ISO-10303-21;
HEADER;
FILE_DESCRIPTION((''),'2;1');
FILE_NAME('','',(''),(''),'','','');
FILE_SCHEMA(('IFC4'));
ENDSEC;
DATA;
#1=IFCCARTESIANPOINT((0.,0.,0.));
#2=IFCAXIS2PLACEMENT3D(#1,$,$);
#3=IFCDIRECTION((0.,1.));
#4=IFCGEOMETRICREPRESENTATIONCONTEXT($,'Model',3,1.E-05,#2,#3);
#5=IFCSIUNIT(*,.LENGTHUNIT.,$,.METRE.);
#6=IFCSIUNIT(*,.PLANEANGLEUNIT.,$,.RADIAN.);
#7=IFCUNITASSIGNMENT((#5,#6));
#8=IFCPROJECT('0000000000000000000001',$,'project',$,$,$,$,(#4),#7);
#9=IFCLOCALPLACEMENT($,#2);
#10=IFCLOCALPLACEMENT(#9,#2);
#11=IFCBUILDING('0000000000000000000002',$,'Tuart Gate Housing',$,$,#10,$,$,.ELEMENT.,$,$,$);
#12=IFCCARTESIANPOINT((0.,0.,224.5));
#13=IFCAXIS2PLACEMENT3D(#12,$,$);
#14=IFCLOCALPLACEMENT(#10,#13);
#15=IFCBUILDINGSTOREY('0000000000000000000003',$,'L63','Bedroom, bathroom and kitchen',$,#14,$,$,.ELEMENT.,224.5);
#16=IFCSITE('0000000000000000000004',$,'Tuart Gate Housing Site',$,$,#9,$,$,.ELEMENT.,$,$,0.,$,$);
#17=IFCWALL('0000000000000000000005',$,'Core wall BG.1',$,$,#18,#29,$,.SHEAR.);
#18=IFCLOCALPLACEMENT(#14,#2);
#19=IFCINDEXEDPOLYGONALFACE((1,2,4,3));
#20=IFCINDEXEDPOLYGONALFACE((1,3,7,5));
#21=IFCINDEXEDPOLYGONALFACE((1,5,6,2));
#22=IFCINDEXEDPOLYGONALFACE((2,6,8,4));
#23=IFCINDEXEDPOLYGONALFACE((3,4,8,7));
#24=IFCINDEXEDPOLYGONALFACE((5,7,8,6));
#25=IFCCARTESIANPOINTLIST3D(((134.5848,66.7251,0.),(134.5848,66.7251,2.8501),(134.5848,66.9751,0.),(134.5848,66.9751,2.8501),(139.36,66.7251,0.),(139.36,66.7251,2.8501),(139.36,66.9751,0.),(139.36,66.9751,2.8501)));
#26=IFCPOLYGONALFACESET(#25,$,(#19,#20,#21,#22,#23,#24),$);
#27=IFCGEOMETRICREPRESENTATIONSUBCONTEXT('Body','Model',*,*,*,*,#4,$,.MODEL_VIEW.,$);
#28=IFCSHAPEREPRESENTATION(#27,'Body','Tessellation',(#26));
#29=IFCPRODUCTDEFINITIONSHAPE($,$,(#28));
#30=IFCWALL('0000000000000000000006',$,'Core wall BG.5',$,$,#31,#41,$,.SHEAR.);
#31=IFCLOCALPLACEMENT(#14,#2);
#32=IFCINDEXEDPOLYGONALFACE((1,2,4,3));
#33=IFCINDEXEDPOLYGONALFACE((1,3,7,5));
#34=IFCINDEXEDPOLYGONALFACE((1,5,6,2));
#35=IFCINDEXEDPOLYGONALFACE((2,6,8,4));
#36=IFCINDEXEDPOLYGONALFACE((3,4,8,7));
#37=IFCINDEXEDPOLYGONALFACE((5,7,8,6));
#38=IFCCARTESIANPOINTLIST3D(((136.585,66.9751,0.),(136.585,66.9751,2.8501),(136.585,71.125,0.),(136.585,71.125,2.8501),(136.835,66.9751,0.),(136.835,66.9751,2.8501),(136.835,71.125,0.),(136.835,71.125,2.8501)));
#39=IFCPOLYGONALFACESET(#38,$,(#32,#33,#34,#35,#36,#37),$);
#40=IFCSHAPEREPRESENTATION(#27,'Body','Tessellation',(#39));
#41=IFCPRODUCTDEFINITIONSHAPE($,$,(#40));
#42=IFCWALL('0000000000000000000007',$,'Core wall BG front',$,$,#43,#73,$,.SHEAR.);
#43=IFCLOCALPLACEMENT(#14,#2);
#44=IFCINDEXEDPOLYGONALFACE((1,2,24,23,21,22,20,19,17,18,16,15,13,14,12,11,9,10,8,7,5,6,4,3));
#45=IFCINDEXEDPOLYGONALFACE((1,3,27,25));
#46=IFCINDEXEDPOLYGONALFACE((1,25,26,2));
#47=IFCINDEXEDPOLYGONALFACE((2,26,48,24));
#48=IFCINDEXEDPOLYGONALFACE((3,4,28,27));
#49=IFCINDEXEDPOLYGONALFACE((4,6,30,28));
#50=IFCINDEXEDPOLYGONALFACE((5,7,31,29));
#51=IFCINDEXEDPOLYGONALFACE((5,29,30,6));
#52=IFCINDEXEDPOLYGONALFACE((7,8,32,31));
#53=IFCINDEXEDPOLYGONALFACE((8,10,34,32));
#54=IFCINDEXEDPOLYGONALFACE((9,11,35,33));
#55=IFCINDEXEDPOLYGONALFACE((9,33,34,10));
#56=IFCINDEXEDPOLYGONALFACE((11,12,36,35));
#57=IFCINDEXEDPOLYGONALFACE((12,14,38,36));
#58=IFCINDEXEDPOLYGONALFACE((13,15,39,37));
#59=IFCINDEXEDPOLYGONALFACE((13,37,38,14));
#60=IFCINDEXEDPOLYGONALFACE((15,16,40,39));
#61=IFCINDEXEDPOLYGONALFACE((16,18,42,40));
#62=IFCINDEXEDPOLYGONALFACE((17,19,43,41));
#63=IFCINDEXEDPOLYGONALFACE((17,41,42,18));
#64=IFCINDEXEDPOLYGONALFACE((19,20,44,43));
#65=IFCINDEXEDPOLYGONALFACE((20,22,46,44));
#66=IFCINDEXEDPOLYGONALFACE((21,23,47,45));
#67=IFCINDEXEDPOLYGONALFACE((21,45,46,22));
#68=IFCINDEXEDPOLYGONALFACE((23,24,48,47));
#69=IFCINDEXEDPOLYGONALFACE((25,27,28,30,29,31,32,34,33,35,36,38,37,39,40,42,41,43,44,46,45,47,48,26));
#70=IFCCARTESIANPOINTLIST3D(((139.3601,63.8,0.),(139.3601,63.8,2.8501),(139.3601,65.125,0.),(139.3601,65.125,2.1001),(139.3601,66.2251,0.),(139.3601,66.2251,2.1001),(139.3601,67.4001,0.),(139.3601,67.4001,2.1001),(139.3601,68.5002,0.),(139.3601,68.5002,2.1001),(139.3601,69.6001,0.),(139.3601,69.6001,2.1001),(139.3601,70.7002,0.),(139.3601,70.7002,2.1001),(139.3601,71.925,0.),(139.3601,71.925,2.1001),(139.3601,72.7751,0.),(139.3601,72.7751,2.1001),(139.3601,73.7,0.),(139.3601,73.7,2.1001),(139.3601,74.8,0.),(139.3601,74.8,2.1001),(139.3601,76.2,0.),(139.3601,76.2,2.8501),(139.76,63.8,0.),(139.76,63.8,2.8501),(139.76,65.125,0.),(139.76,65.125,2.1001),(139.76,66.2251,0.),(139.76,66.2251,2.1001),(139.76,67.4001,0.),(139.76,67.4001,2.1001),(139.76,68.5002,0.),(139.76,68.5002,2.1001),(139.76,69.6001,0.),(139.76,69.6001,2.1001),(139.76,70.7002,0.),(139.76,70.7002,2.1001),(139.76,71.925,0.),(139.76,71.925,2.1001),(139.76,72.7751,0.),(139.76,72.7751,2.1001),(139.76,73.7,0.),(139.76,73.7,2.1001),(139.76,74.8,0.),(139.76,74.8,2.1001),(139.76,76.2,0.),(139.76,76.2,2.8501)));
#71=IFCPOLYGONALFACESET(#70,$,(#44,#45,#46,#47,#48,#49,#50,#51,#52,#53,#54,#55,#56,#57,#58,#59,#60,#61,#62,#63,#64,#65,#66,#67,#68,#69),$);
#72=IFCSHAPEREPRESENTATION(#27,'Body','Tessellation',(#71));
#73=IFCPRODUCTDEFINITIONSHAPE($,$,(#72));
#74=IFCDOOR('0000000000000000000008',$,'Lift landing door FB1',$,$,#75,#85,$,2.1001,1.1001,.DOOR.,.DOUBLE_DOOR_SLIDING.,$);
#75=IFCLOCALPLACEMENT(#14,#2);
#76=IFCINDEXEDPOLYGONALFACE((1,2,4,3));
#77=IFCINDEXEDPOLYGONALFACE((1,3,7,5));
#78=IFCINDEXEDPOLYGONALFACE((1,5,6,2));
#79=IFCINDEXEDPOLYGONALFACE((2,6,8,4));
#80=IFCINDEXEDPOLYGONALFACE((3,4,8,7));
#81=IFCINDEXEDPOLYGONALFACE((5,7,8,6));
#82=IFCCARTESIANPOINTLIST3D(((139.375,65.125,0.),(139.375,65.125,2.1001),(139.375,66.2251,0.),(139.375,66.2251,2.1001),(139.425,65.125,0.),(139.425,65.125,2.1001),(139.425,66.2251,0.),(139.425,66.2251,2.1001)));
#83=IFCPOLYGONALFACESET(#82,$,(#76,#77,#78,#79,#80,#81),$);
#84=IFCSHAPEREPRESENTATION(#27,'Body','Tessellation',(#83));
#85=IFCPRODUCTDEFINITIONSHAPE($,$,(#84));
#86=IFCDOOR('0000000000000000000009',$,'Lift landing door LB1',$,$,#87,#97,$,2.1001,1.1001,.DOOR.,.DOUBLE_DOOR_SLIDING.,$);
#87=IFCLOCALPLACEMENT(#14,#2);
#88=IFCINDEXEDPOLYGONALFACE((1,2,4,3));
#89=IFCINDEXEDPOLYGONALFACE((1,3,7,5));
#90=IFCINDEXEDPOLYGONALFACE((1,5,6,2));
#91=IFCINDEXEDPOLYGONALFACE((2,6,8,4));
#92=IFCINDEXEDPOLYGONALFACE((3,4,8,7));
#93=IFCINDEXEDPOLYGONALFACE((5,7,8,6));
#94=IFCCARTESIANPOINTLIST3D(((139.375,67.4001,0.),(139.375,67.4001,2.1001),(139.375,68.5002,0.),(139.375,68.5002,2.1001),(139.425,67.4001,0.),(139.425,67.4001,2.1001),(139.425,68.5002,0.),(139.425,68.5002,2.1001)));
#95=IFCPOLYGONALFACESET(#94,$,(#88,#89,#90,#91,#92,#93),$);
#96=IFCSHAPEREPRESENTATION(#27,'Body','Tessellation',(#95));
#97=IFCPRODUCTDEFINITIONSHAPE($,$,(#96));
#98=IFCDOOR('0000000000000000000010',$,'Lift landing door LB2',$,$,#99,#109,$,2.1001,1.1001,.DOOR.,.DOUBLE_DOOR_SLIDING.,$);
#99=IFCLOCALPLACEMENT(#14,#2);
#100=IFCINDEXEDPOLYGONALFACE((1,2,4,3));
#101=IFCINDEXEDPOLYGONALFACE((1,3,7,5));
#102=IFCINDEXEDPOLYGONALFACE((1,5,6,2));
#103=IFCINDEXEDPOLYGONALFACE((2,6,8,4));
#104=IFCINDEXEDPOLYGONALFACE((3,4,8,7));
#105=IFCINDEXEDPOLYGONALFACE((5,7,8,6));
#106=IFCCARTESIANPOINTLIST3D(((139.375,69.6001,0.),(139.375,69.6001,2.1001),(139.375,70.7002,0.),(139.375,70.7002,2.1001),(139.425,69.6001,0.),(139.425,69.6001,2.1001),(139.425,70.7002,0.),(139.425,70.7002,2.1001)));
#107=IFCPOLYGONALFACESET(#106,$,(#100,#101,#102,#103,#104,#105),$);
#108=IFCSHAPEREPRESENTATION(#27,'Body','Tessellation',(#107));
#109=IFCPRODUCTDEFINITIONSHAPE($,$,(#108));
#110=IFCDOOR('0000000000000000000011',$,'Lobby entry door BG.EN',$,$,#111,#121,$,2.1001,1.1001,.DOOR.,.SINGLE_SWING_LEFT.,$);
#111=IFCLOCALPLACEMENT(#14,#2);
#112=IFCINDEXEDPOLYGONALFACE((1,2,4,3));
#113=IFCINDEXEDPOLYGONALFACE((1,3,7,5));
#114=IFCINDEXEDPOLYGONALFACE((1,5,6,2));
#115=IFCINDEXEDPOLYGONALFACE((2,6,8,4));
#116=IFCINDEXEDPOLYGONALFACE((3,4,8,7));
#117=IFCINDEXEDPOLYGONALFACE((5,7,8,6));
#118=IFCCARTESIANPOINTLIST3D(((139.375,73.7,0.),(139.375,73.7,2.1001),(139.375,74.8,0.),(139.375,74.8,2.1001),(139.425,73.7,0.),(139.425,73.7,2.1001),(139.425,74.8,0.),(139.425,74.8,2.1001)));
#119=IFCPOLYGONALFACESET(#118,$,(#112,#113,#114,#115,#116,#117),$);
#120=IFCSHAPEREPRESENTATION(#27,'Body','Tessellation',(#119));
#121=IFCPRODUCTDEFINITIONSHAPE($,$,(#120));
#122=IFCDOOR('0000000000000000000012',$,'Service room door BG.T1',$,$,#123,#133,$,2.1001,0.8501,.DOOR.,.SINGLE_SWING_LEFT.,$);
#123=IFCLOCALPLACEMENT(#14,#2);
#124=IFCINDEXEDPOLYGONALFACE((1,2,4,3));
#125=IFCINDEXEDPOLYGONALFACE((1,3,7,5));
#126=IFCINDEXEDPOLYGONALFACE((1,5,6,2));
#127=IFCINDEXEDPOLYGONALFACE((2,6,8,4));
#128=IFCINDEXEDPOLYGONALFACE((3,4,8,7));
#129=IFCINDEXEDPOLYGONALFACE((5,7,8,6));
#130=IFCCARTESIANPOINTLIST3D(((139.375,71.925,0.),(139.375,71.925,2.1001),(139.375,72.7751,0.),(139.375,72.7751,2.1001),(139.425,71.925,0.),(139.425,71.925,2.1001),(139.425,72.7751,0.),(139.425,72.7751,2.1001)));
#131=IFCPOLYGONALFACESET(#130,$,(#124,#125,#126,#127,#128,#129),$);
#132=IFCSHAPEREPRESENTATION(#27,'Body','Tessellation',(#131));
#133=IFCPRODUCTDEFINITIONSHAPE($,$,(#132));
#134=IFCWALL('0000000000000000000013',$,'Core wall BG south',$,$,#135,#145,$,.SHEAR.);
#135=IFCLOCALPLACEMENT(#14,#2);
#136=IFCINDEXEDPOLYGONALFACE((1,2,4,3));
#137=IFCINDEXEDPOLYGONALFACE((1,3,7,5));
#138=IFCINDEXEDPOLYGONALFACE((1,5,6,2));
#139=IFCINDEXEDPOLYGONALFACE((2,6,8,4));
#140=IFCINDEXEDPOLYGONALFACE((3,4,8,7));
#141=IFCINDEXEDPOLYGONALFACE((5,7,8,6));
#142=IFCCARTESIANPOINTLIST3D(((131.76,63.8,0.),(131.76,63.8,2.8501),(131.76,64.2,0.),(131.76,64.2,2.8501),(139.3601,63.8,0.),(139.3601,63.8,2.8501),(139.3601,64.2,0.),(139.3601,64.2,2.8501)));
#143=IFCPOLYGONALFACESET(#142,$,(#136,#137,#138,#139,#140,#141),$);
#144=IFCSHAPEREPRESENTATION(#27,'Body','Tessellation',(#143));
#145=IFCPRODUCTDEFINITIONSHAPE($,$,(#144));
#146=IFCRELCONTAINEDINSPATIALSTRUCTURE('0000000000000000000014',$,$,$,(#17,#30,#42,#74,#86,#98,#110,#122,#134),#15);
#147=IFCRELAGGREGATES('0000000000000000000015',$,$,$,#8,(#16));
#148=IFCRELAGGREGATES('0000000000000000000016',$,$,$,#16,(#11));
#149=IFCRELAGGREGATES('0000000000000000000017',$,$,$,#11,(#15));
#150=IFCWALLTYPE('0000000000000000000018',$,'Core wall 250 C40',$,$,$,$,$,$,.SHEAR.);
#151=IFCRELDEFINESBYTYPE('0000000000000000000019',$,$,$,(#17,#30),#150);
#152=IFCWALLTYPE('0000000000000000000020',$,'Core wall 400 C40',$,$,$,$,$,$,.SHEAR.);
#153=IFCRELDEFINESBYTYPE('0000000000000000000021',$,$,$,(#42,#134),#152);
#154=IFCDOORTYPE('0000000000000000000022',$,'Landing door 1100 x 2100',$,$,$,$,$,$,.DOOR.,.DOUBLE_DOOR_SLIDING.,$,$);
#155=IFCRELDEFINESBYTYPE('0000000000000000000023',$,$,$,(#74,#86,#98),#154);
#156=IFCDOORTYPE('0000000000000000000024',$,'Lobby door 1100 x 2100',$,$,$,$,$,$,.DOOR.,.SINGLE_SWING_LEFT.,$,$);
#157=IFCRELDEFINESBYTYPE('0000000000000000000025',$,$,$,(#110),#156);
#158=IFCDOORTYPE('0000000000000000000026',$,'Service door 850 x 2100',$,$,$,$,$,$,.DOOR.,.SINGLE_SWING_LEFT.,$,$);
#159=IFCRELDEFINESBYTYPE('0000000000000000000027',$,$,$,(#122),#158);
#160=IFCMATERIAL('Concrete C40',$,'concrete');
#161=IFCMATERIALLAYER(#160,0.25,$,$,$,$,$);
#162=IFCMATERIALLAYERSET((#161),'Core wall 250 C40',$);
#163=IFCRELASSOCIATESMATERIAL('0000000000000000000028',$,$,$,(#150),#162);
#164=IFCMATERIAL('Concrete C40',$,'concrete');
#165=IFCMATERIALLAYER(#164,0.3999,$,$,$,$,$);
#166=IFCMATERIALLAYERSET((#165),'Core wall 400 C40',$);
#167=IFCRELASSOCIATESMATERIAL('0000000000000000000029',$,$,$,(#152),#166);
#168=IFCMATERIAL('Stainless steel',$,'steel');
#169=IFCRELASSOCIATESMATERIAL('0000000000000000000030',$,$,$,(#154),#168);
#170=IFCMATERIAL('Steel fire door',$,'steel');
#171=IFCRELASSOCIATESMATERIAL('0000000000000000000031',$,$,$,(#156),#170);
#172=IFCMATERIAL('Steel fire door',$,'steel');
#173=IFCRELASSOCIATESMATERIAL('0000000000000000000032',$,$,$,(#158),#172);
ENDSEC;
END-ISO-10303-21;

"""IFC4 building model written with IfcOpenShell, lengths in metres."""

from ifc_helpers import new_model, si_unit, direction, frame, frame_2d, origin, place, context, subcontext, project, spatial, rectangle, extrude, material, layer, layer_set, type_object, element, fill, save


model = new_model("IFC4")

# Units and contexts
model_context = context("Model", 3, precision=1e-05, world=origin(), true_north=direction((0.0, 1.0)))
body_context = subcontext(model_context, "Body", "Model", "MODEL_VIEW")
ifc_project = project(units=[si_unit("LENGTHUNIT", "METRE"), si_unit("PLANEANGLEUNIT", "RADIAN")], contexts=[model_context])

# Site, building, storey
site_placement = place(None, origin())
site = spatial("IfcSite", under=ifc_project, at=site_placement, Name="Tuart Gate Housing Site", CompositionType="ELEMENT", RefElevation=0.0)
building_placement = place(site_placement, origin())
building = spatial("IfcBuilding", under=site, at=building_placement, Name="Tuart Gate Housing", CompositionType="ELEMENT")
storey_placement = place(building_placement, frame((0.0, 0.0, 224.5)))
storey = spatial("IfcBuildingStorey", under=building, at=storey_placement, Name="L63", Description="Bedroom, bathroom and kitchen", CompositionType="ELEMENT", Elevation=224.5)

# Walls
ifc_material_1 = material(Name="Concrete C40", Category="concrete")
ifc_layer_1 = layer(ifc_material_1, 0.25)
ifc_layer_set_1 = layer_set([ifc_layer_1], Name="Core wall 250 C40")
wall_type_1 = type_object("IfcWallType", Name="Core wall 250 C40", PredefinedType="SHEAR", material=ifc_layer_set_1)
wall_1_placement = place(storey_placement, frame((139.3601, 66.8501, 0.0), z_axis=(0.0, 0.0, 1.0), x_axis=(-1.0, 0.0, 0.0)))
element("IfcWall", 1, at=wall_1_placement, inside=storey, type_object=wall_type_1, Name="Core wall BG.1", PredefinedType="SHEAR", context=body_context, shape_type="SweptSolid", body=[
    extrude(rectangle(XDim=4.7751, YDim=0.25, at=frame_2d((2.3877, 0.0))), origin(), (0.0, 0.0, 1.0), 2.8501),
])
wall_2_placement = place(storey_placement, frame((136.71, 66.9751, 0.0), z_axis=(0.0, 0.0, 1.0), x_axis=(0.0, 1.0, 0.0)))
element("IfcWall", 2, at=wall_2_placement, inside=storey, type_object=wall_type_1, Name="Core wall BG.5", PredefinedType="SHEAR", context=body_context, shape_type="SweptSolid", body=[
    extrude(rectangle(XDim=4.1499, YDim=0.25, at=frame_2d((2.075, 0.0))), origin(), (0.0, 0.0, 1.0), 2.8501),
])

# Wall, openings, doors
ifc_material_2 = material(Name="Concrete C40", Category="concrete")
ifc_layer_2 = layer(ifc_material_2, 0.3999)
ifc_layer_set_2 = layer_set([ifc_layer_2], Name="Core wall 400 C40")
wall_type_2 = type_object("IfcWallType", Name="Core wall 400 C40", PredefinedType="SHEAR", material=ifc_layer_set_2)
wall_3_placement = place(storey_placement, frame((139.5601, 63.8, 0.0), z_axis=(0.0, 0.0, 1.0), x_axis=(0.0, 1.0, 0.0)))
wall_3 = element("IfcWall", 3, at=wall_3_placement, inside=storey, type_object=wall_type_2, Name="Core wall BG front", PredefinedType="SHEAR", context=body_context, shape_type="SweptSolid", body=[
    extrude(rectangle(XDim=12.3999, YDim=0.3999, at=frame_2d((6.2, 0.0))), origin(), (0.0, 0.0, 1.0), 2.8501),
])
opening_1_placement = place(wall_3_placement, frame((1.325, 0.0, 0.0)))
opening_1 = element("IfcOpeningElement", 4, at=opening_1_placement, cuts=wall_3, PredefinedType="OPENING", context=body_context, shape_type="SweptSolid", body=[
    extrude(rectangle(XDim=1.1001, YDim=2.1001, at=frame_2d((0.55, 1.05))), frame((0.0, 0.21, 0.0), z_axis=(0.0, -1.0, 0.0), x_axis=(1.0, 0.0, 0.0)), (0.0, 0.0, 1.0), 0.4199),
])
opening_2_placement = place(wall_3_placement, frame((3.6001, 0.0, 0.0)))
opening_2 = element("IfcOpeningElement", 5, at=opening_2_placement, cuts=wall_3, PredefinedType="OPENING", context=body_context, shape_type="SweptSolid", body=[
    extrude(rectangle(XDim=1.1001, YDim=2.1001, at=frame_2d((0.55, 1.05))), frame((0.0, 0.21, 0.0), z_axis=(0.0, -1.0, 0.0), x_axis=(1.0, 0.0, 0.0)), (0.0, 0.0, 1.0), 0.4199),
])
opening_3_placement = place(wall_3_placement, frame((5.8, 0.0, 0.0)))
opening_3 = element("IfcOpeningElement", 6, at=opening_3_placement, cuts=wall_3, PredefinedType="OPENING", context=body_context, shape_type="SweptSolid", body=[
    extrude(rectangle(XDim=1.1001, YDim=2.1001, at=frame_2d((0.55, 1.05))), frame((0.0, 0.21, 0.0), z_axis=(0.0, -1.0, 0.0), x_axis=(1.0, 0.0, 0.0)), (0.0, 0.0, 1.0), 0.4199),
])
opening_4_placement = place(wall_3_placement, frame((9.8999, 0.0, 0.0)))
opening_4 = element("IfcOpeningElement", 7, at=opening_4_placement, cuts=wall_3, PredefinedType="OPENING", context=body_context, shape_type="SweptSolid", body=[
    extrude(rectangle(XDim=1.1001, YDim=2.1001, at=frame_2d((0.55, 1.05))), frame((0.0, 0.21, 0.0), z_axis=(0.0, -1.0, 0.0), x_axis=(1.0, 0.0, 0.0)), (0.0, 0.0, 1.0), 0.4199),
])
opening_5_placement = place(wall_3_placement, frame((8.125, 0.0, 0.0)))
opening_5 = element("IfcOpeningElement", 8, at=opening_5_placement, cuts=wall_3, PredefinedType="OPENING", context=body_context, shape_type="SweptSolid", body=[
    extrude(rectangle(XDim=0.8501, YDim=2.1001, at=frame_2d((0.425, 1.05))), frame((0.0, 0.21, 0.0), z_axis=(0.0, -1.0, 0.0), x_axis=(1.0, 0.0, 0.0)), (0.0, 0.0, 1.0), 0.4199),
])
ifc_material_3 = material(Name="Stainless steel", Category="steel")
door_type_1 = type_object("IfcDoorType", Name="Landing door 1100 x 2100", OperationType="DOUBLE_DOOR_SLIDING", PredefinedType="DOOR", material=ifc_material_3)
door_1_placement = place(opening_1_placement, origin())
door_1 = element("IfcDoor", 9, at=door_1_placement, inside=storey, type_object=door_type_1, Name="Lift landing door FB1", OperationType="DOUBLE_DOOR_SLIDING", OverallHeight=2.1001, OverallWidth=1.1001, PredefinedType="DOOR", context=body_context, shape_type="SweptSolid", body=[
    extrude(rectangle(XDim=1.1001, YDim=2.1001, at=frame_2d((0.55, 1.05))), frame((0.0, 0.1851, 0.0), z_axis=(0.0, -1.0, 0.0), x_axis=(1.0, 0.0, 0.0)), (0.0, 0.0, 1.0), 0.05),
])
fill(opening_1, door_1)
door_2_placement = place(opening_2_placement, origin())
door_2 = element("IfcDoor", 10, at=door_2_placement, inside=storey, type_object=door_type_1, Name="Lift landing door LB1", OperationType="DOUBLE_DOOR_SLIDING", OverallHeight=2.1001, OverallWidth=1.1001, PredefinedType="DOOR", context=body_context, shape_type="SweptSolid", body=[
    extrude(rectangle(XDim=1.1001, YDim=2.1001, at=frame_2d((0.55, 1.05))), frame((0.0, 0.1851, 0.0), z_axis=(0.0, -1.0, 0.0), x_axis=(1.0, 0.0, 0.0)), (0.0, 0.0, 1.0), 0.05),
])
fill(opening_2, door_2)
door_3_placement = place(opening_3_placement, origin())
door_3 = element("IfcDoor", 11, at=door_3_placement, inside=storey, type_object=door_type_1, Name="Lift landing door LB2", OperationType="DOUBLE_DOOR_SLIDING", OverallHeight=2.1001, OverallWidth=1.1001, PredefinedType="DOOR", context=body_context, shape_type="SweptSolid", body=[
    extrude(rectangle(XDim=1.1001, YDim=2.1001, at=frame_2d((0.55, 1.05))), frame((0.0, 0.1851, 0.0), z_axis=(0.0, -1.0, 0.0), x_axis=(1.0, 0.0, 0.0)), (0.0, 0.0, 1.0), 0.05),
])
fill(opening_3, door_3)
ifc_material_4 = material(Name="Steel fire door", Category="steel")
door_type_2 = type_object("IfcDoorType", Name="Lobby door 1100 x 2100", OperationType="SINGLE_SWING_LEFT", PredefinedType="DOOR", material=ifc_material_4)
door_4_placement = place(opening_4_placement, origin())
door_4 = element("IfcDoor", 12, at=door_4_placement, inside=storey, type_object=door_type_2, Name="Lobby entry door BG.EN", OperationType="SINGLE_SWING_LEFT", OverallHeight=2.1001, OverallWidth=1.1001, PredefinedType="DOOR", context=body_context, shape_type="SweptSolid", body=[
    extrude(rectangle(XDim=1.1001, YDim=2.1001, at=frame_2d((0.55, 1.05))), frame((0.0, 0.1851, 0.0), z_axis=(0.0, -1.0, 0.0), x_axis=(1.0, 0.0, 0.0)), (0.0, 0.0, 1.0), 0.05),
])
fill(opening_4, door_4)
ifc_material_5 = material(Name="Steel fire door", Category="steel")
door_type_3 = type_object("IfcDoorType", Name="Service door 850 x 2100", OperationType="SINGLE_SWING_LEFT", PredefinedType="DOOR", material=ifc_material_5)
door_5_placement = place(opening_5_placement, origin())
door_5 = element("IfcDoor", 13, at=door_5_placement, inside=storey, type_object=door_type_3, Name="Service room door BG.T1", OperationType="SINGLE_SWING_LEFT", OverallHeight=2.1001, OverallWidth=0.8501, PredefinedType="DOOR", context=body_context, shape_type="SweptSolid", body=[
    extrude(rectangle(XDim=0.8501, YDim=2.1001, at=frame_2d((0.425, 1.05))), frame((0.0, 0.1851, 0.0), z_axis=(0.0, -1.0, 0.0), x_axis=(1.0, 0.0, 0.0)), (0.0, 0.0, 1.0), 0.05),
])
fill(opening_5, door_5)

# Wall
wall_4_placement = place(storey_placement, frame((139.3601, 64.0, 0.0), z_axis=(0.0, 0.0, 1.0), x_axis=(-1.0, 0.0, 0.0)))
element("IfcWall", 14, at=wall_4_placement, inside=storey, type_object=wall_type_2, Name="Core wall BG south", PredefinedType="SHEAR", context=body_context, shape_type="SweptSolid", body=[
    extrude(rectangle(XDim=7.6001, YDim=0.3999, at=frame_2d((3.8, 0.0))), origin(), (0.0, 0.0, 1.0), 2.8501),
])

save(model, "model.ifc")
